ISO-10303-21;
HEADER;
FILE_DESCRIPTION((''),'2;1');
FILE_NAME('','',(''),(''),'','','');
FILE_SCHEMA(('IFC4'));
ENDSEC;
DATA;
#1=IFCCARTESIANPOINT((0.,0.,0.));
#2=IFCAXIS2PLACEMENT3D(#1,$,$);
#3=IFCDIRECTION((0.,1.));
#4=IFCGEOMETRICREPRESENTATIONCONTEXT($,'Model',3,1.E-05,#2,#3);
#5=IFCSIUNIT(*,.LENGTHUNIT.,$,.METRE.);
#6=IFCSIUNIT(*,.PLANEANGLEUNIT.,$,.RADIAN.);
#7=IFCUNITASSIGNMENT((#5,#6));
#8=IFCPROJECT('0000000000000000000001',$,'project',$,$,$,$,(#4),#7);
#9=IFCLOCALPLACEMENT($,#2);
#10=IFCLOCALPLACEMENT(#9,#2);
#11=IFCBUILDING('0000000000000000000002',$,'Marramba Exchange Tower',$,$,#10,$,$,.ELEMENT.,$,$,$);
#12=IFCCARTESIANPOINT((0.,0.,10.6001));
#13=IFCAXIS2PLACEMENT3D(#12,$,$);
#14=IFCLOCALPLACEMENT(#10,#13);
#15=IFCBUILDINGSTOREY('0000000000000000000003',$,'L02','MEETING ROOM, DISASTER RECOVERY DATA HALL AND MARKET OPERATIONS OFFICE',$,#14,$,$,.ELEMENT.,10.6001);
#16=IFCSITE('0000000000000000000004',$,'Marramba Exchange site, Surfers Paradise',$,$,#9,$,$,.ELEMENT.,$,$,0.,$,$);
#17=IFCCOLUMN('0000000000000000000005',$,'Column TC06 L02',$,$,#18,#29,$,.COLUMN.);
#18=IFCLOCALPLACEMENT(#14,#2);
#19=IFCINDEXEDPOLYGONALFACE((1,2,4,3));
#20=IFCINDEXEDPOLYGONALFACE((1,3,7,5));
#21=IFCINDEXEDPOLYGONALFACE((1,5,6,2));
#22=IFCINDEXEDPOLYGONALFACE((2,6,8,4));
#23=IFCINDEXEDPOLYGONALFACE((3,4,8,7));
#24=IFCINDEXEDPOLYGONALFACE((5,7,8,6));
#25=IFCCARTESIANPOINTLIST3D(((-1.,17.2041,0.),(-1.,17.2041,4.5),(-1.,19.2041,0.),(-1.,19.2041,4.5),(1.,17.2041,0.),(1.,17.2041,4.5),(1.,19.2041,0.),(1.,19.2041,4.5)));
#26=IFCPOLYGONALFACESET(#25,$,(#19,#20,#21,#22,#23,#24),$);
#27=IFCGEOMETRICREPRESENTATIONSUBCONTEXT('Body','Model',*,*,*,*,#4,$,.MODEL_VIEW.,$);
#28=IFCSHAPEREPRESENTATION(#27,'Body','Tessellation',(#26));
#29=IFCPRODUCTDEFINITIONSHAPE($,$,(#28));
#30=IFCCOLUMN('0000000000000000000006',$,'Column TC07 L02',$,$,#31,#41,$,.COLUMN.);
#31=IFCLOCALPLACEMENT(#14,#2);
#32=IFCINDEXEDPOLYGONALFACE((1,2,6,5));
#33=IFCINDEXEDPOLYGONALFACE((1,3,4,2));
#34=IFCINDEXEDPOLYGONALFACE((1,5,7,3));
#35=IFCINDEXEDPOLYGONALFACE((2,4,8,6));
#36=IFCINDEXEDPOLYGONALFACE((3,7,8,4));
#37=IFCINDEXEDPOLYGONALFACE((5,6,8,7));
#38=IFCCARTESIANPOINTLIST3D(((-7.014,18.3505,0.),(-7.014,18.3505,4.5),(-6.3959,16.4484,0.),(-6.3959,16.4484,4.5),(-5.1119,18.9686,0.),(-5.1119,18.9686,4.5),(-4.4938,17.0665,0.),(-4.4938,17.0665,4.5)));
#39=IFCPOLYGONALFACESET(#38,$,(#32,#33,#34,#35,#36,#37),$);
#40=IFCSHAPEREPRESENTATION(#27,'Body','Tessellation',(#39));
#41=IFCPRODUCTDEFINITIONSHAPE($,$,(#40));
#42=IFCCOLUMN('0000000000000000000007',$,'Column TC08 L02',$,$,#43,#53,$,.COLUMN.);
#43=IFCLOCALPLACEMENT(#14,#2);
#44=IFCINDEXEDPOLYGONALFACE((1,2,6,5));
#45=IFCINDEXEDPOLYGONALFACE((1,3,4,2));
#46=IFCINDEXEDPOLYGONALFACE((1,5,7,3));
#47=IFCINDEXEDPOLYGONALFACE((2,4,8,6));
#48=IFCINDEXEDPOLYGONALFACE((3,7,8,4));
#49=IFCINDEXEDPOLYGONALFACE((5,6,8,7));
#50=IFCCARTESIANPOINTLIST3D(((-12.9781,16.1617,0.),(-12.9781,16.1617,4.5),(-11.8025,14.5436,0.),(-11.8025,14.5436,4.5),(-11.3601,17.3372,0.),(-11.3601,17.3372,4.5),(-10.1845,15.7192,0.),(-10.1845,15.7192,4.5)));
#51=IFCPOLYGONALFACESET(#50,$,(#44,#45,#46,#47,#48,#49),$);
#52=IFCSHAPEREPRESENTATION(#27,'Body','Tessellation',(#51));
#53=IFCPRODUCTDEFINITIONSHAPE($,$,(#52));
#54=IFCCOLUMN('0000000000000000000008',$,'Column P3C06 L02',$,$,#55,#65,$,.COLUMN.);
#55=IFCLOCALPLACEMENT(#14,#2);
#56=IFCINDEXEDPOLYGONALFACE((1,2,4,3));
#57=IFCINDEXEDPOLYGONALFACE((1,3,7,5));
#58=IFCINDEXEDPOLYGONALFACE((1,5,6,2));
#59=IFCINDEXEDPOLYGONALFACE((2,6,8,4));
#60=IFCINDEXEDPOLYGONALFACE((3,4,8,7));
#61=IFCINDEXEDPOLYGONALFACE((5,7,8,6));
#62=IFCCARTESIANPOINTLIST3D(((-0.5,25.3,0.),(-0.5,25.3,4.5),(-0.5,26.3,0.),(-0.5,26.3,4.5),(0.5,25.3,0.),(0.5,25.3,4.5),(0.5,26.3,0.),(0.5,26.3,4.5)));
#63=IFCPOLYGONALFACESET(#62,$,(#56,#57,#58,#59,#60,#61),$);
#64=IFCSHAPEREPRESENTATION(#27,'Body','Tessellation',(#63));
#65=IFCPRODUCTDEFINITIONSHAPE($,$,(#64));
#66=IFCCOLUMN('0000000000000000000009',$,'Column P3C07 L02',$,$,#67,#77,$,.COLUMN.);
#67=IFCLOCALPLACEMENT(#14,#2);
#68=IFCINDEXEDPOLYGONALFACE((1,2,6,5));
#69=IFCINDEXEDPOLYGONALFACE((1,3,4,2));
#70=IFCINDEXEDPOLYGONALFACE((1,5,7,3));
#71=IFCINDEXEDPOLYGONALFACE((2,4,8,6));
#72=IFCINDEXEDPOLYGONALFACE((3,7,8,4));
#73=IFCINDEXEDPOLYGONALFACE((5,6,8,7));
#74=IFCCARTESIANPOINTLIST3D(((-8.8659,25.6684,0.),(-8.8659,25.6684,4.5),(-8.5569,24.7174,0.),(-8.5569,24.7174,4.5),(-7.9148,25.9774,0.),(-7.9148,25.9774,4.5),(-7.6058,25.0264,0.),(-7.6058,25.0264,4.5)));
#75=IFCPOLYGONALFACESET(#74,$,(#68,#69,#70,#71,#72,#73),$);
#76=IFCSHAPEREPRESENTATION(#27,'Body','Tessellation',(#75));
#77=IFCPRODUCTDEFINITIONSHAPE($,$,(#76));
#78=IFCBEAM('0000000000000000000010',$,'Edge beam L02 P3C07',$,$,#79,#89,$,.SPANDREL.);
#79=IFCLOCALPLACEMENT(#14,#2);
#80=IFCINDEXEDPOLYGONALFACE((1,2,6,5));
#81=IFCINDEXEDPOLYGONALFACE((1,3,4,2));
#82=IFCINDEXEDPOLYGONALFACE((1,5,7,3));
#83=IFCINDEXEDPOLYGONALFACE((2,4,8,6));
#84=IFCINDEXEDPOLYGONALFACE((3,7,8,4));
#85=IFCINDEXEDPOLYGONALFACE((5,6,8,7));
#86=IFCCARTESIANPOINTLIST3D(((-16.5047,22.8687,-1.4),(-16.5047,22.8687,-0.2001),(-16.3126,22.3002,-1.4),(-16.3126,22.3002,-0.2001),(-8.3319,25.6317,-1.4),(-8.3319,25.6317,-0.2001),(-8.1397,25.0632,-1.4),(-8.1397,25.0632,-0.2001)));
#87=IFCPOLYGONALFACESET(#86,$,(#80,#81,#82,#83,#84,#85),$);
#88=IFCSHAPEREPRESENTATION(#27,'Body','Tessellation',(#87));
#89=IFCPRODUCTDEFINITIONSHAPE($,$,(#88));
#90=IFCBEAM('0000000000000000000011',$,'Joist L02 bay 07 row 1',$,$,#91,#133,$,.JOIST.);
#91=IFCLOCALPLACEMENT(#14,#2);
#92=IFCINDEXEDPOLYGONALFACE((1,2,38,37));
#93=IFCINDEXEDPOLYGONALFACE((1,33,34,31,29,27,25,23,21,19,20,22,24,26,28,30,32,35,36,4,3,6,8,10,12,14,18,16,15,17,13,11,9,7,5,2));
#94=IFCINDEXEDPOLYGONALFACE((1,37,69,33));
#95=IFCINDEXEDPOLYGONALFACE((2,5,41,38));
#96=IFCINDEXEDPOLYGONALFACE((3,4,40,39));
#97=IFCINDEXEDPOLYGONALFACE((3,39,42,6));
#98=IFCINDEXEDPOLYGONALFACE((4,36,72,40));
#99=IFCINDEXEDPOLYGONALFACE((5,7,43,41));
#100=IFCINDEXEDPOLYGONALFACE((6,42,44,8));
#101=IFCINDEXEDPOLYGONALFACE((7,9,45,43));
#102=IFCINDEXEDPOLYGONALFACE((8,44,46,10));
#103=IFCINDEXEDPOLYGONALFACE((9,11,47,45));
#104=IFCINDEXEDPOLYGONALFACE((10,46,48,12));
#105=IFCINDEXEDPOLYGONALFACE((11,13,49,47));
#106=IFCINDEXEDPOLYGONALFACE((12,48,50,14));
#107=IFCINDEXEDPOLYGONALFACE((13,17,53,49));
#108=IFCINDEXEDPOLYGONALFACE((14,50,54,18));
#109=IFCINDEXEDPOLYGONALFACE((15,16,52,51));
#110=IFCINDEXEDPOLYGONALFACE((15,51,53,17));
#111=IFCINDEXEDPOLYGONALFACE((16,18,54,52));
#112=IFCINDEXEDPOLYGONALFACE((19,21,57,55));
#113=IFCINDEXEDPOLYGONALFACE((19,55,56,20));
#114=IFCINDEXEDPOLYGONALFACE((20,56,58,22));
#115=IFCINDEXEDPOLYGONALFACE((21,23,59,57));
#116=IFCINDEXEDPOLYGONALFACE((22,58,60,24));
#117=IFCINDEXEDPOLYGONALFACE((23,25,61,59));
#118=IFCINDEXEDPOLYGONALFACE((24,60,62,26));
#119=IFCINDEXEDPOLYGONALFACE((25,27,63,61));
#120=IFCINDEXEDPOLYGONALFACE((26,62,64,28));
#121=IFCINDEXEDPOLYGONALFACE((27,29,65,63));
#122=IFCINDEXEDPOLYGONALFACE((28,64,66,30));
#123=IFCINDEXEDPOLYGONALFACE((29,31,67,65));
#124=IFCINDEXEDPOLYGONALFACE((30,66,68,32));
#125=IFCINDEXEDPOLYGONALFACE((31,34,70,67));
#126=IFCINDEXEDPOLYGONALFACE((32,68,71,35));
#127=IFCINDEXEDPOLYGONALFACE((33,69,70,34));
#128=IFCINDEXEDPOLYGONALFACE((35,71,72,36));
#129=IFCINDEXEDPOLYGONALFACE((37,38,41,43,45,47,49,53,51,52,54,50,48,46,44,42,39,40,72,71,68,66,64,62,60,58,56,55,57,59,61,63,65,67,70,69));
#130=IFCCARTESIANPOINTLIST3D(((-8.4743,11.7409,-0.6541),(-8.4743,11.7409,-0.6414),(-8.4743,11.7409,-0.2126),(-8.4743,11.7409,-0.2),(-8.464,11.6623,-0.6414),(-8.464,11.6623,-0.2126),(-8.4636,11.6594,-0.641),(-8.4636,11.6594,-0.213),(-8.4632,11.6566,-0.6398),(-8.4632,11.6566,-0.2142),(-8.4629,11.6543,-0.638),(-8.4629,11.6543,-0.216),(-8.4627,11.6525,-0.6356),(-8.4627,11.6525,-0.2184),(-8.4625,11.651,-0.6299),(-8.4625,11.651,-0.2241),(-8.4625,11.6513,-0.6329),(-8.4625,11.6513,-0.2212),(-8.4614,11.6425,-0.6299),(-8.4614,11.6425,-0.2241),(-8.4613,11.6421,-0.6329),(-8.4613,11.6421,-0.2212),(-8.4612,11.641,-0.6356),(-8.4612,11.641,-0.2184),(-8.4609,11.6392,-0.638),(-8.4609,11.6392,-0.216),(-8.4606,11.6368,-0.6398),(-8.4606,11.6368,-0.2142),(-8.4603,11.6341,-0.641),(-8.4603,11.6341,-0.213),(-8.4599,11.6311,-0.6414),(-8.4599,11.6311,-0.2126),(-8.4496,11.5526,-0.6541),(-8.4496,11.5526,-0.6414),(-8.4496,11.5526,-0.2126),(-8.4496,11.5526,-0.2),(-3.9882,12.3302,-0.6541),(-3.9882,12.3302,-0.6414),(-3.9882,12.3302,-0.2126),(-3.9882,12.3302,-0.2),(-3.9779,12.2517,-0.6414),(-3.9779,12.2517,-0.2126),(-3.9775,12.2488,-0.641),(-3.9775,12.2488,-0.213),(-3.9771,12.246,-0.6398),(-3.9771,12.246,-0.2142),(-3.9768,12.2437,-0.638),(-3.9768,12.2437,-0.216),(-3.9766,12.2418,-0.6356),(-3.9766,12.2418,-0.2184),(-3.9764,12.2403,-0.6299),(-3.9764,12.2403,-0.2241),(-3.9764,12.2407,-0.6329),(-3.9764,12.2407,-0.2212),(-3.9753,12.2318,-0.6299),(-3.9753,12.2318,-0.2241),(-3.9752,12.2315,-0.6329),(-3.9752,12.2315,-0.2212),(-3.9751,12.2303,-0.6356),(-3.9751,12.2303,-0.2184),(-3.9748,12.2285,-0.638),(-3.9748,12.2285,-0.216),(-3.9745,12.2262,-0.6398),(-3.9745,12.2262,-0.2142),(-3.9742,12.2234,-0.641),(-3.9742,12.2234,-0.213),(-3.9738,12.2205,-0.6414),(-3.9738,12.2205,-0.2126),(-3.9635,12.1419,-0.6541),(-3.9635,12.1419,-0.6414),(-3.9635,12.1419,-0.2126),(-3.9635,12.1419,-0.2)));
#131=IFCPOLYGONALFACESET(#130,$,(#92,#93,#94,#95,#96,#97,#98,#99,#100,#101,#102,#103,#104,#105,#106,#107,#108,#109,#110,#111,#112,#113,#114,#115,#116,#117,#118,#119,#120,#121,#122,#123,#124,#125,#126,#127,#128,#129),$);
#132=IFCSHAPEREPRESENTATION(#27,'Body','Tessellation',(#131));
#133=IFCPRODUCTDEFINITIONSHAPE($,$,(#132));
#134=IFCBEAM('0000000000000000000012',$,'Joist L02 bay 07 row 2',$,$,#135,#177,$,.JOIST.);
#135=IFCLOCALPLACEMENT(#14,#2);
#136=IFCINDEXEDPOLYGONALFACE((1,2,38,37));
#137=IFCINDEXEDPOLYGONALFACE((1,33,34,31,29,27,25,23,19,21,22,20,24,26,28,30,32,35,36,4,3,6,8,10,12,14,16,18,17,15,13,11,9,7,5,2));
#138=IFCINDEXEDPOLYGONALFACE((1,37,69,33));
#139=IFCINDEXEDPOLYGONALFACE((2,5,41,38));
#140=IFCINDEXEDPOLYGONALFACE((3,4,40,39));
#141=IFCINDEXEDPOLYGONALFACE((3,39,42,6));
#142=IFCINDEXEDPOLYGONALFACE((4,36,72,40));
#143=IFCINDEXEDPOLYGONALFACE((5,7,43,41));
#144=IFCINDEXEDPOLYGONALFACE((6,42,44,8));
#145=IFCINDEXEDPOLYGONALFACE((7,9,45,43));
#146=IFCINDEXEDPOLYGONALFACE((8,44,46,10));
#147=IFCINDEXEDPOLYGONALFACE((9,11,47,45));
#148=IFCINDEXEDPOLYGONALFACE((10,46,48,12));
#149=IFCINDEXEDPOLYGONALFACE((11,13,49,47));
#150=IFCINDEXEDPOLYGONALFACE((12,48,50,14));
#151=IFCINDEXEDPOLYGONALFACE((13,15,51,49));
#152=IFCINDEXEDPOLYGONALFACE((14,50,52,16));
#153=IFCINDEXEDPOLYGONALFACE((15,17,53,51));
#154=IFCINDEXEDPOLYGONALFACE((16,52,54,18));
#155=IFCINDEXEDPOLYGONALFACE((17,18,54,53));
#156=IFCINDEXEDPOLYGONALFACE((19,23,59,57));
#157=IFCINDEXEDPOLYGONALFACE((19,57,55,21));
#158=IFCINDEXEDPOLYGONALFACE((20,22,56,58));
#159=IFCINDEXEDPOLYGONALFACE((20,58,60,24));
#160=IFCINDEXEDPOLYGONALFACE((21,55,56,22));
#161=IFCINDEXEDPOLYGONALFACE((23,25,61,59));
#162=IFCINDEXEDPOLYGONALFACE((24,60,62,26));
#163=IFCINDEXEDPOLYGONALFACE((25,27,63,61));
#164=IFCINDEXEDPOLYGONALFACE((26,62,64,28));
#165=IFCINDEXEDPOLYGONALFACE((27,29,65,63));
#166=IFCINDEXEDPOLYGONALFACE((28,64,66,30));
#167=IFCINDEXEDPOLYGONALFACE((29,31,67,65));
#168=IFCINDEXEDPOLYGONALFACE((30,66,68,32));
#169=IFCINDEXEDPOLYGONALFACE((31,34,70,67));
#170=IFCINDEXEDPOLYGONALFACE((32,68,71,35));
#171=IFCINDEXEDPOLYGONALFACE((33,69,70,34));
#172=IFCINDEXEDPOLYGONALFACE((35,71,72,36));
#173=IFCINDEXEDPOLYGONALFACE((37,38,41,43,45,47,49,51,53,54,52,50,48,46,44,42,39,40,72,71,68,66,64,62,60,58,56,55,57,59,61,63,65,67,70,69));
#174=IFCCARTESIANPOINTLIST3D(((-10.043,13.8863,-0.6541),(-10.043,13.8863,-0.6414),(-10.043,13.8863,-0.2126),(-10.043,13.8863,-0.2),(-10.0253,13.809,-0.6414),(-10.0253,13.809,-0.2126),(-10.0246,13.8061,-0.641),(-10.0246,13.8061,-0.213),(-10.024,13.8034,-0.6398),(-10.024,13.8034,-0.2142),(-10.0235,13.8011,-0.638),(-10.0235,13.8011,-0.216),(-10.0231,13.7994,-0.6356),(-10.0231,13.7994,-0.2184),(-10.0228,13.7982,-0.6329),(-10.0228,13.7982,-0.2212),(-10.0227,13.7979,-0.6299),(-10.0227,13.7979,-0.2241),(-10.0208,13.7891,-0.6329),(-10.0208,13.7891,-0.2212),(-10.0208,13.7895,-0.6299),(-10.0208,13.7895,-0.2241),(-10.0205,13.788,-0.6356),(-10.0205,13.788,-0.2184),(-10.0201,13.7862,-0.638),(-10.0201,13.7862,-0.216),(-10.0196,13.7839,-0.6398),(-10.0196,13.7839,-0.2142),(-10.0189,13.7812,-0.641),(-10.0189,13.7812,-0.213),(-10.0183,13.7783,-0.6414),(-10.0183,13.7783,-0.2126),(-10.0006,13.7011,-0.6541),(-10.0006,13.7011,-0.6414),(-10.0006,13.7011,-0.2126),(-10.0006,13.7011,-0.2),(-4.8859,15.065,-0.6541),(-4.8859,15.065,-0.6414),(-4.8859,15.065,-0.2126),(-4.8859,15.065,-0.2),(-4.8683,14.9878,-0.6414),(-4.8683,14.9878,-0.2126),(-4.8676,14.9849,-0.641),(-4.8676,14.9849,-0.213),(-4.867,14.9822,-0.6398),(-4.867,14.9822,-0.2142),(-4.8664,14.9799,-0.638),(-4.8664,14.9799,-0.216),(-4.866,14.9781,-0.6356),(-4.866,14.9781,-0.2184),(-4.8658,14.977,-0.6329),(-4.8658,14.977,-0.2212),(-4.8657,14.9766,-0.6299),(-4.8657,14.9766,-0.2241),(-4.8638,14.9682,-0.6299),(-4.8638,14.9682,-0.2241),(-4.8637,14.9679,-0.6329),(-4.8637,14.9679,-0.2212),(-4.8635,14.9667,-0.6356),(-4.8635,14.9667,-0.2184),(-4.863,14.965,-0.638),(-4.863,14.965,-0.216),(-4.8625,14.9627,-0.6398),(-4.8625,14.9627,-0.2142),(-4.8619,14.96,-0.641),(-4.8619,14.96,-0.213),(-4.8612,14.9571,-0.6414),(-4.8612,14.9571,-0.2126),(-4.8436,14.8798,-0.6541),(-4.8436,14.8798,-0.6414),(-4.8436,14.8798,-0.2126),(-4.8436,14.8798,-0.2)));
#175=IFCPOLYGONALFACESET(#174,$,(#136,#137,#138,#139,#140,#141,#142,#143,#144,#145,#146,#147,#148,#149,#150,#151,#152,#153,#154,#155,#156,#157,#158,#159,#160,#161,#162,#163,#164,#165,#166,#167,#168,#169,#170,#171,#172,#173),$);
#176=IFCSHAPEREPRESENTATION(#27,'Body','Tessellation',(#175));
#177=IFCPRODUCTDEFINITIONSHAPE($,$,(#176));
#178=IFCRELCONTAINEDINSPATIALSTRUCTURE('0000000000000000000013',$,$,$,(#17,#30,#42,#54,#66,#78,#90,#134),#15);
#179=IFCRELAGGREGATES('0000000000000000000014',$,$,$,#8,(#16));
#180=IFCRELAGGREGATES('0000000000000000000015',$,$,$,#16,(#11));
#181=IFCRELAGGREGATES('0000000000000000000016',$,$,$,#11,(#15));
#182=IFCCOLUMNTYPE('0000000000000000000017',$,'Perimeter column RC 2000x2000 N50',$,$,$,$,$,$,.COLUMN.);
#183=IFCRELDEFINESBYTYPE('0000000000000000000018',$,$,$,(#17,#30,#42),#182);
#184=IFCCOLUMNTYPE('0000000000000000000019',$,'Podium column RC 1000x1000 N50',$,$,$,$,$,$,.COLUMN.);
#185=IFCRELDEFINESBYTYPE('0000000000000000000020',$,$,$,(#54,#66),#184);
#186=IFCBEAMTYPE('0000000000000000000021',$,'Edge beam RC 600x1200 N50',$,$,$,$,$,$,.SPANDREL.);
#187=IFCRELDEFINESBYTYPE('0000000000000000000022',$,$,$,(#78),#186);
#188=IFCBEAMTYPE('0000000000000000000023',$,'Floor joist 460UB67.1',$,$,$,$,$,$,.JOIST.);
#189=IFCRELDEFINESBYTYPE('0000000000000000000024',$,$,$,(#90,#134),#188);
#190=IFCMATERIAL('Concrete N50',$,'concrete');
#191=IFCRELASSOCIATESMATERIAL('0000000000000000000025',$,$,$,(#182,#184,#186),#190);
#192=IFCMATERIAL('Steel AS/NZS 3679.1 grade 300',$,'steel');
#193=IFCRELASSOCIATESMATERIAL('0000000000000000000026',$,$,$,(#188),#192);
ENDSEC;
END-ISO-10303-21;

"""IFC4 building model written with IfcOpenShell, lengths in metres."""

from ifc_helpers import new_model, si_unit, direction, frame, origin, origin_2d, place, context, subcontext, project, spatial, rectangle, i_section, extrude, material, material_profile, profile_set, type_object, element, save


model = new_model("IFC4")

# Units and contexts
model_context = context("Model", 3, precision=1e-05, world=origin(), true_north=direction((0.0, 1.0)))
body_context = subcontext(model_context, "Body", "Model", "MODEL_VIEW")
ifc_project = project(units=[si_unit("LENGTHUNIT", "METRE"), si_unit("PLANEANGLEUNIT", "RADIAN")], contexts=[model_context])

# Site, building, storey
site_placement = place(None, origin())
site = spatial("IfcSite", under=ifc_project, at=site_placement, Name="Marramba Exchange site, Surfers Paradise", CompositionType="ELEMENT", RefElevation=0.0)
building_placement = place(site_placement, origin())
building = spatial("IfcBuilding", under=site, at=building_placement, Name="Marramba Exchange Tower", CompositionType="ELEMENT")
storey_placement = place(building_placement, frame((0.0, 0.0, 10.6001)))
storey = spatial("IfcBuildingStorey", under=building, at=storey_placement, Name="L02", Description="MEETING ROOM, DISASTER RECOVERY DATA HALL AND MARKET OPERATIONS OFFICE", CompositionType="ELEMENT", Elevation=10.6001)

# Columns
ifc_material_1 = material(Name="Concrete N50", Category="concrete")
ifc_material_profile_1 = material_profile(ifc_material_1, rectangle(XDim=2.0, YDim=2.0, at=origin_2d()), Name="RC 2000x2000")
ifc_profile_set_1 = profile_set([ifc_material_profile_1], Name="Concrete N50")
column_type_1 = type_object("IfcColumnType", Name="Perimeter column RC 2000x2000 N50", PredefinedType="COLUMN", material=ifc_profile_set_1)
for number, where, z_axis, x_axis, name in (
    (1, (0.0, 18.2041, 0.0), (0.0, 0.0, 1.0), (0.0, 1.0, 0.0), "Column TC06 L02"),
    (2, (-5.7539, 17.7085, 0.0), (0.0, 0.0, 1.0), (-0.309017, 0.951057, 0.0), "Column TC07 L02"),
    (3, (-11.5813, 15.9404, 0.0), (0.0, 0.0, 1.0), (-0.587785, 0.809017, 0.0), "Column TC08 L02"),
):
    element("IfcColumn", number, at=place(storey_placement, frame(where, z_axis=z_axis, x_axis=x_axis)), inside=storey, type_object=column_type_1, Name=name, PredefinedType="COLUMN", context=body_context, shape_type="SweptSolid", body=[
        extrude(rectangle(XDim=2.0, YDim=2.0, at=origin_2d()), origin(), (0.0, 0.0, 1.0), 4.5),
    ])
ifc_material_profile_2 = material_profile(ifc_material_1, rectangle(XDim=1.0, YDim=1.0, at=origin_2d()), Name="RC 1000x1000")
ifc_profile_set_2 = profile_set([ifc_material_profile_2], Name="Concrete N50")
column_type_2 = type_object("IfcColumnType", Name="Podium column RC 1000x1000 N50", PredefinedType="COLUMN", material=ifc_profile_set_2)
for number, where, z_axis, x_axis, name in (
    (4, (0.0, 25.8, 0.0), (0.0, 0.0, 1.0), (0.0, 1.0, 0.0), "Column P3C06 L02"),
    (5, (-8.2358, 25.3474, 0.0), (0.0, 0.0, 1.0), (-0.309017, 0.951057, 0.0), "Column P3C07 L02"),
):
    element("IfcColumn", number, at=place(storey_placement, frame(where, z_axis=z_axis, x_axis=x_axis)), inside=storey, type_object=column_type_2, Name=name, PredefinedType="COLUMN", context=body_context, shape_type="SweptSolid", body=[
        extrude(rectangle(XDim=1.0, YDim=1.0, at=origin_2d()), origin(), (0.0, 0.0, 1.0), 4.5),
    ])

# Beams
ifc_material_profile_3 = material_profile(ifc_material_1, rectangle(XDim=0.6001, YDim=1.2, at=origin_2d()), Name="RC 600x1200")
ifc_profile_set_3 = profile_set([ifc_material_profile_3], Name="Concrete N50")
beam_type_1 = type_object("IfcBeamType", Name="Edge beam RC 600x1200 N50", PredefinedType="SPANDREL", material=ifc_profile_set_3)
beam_1_placement = place(storey_placement, frame((-8.2358, 25.3474, -0.8), z_axis=(-0.947331, -0.320257, 0.0), x_axis=(0.320257, -0.947331, 0.0)))
element("IfcBeam", 6, at=beam_1_placement, inside=storey, type_object=beam_type_1, Name="Edge beam L02 P3C07", PredefinedType="SPANDREL", context=body_context, shape_type="SweptSolid", body=[
    extrude(rectangle(XDim=0.6001, YDim=1.2, at=origin_2d()), origin(), (0.0, 0.0, 1.0), 8.6272),
])
ifc_material_2 = material(Name="Steel AS/NZS 3679.1 grade 300", Category="steel")
ifc_material_profile_4 = material_profile(ifc_material_2, i_section(OverallWidth=0.1899, OverallDepth=0.4541, WebThickness=0.0085, FlangeThickness=0.0127, FilletRadius=0.0115, at=origin_2d()), Name="460UB67.1")
ifc_profile_set_4 = profile_set([ifc_material_profile_4], Name="Steel AS/NZS 3679.1 grade 300")
beam_type_2 = type_object("IfcBeamType", Name="Floor joist 460UB67.1", PredefinedType="JOIST", material=ifc_profile_set_4)
beam_2_placement = place(storey_placement, frame((-3.9758, 12.2361, -0.427), z_axis=(-0.991481, -0.130255, 0.0), x_axis=(0.130255, -0.991481, 0.0)))
element("IfcBeam", 7, at=beam_2_placement, inside=storey, type_object=beam_type_2, Name="Joist L02 bay 07 row 1", PredefinedType="JOIST", context=body_context, shape_type="SweptSolid", body=[
    extrude(i_section(OverallWidth=0.1899, OverallDepth=0.4541, WebThickness=0.0085, FlangeThickness=0.0127, FilletRadius=0.0115, at=origin_2d()), origin(), (0.0, 0.0, 1.0), 4.5247),
])
beam_3_placement = place(storey_placement, frame((-4.8647, 14.9724, -0.427), z_axis=(-0.97486, -0.22282, 0.0), x_axis=(0.22282, -0.97486, 0.0)))
element("IfcBeam", 8, at=beam_3_placement, inside=storey, type_object=beam_type_2, Name="Joist L02 bay 07 row 2", PredefinedType="JOIST", context=body_context, shape_type="SweptSolid", body=[
    extrude(i_section(OverallWidth=0.1899, OverallDepth=0.4541, WebThickness=0.0085, FlangeThickness=0.0127, FilletRadius=0.0115, at=origin_2d()), origin(), (0.0, 0.0, 1.0), 5.29),
])

save(model, "model.ifc")
